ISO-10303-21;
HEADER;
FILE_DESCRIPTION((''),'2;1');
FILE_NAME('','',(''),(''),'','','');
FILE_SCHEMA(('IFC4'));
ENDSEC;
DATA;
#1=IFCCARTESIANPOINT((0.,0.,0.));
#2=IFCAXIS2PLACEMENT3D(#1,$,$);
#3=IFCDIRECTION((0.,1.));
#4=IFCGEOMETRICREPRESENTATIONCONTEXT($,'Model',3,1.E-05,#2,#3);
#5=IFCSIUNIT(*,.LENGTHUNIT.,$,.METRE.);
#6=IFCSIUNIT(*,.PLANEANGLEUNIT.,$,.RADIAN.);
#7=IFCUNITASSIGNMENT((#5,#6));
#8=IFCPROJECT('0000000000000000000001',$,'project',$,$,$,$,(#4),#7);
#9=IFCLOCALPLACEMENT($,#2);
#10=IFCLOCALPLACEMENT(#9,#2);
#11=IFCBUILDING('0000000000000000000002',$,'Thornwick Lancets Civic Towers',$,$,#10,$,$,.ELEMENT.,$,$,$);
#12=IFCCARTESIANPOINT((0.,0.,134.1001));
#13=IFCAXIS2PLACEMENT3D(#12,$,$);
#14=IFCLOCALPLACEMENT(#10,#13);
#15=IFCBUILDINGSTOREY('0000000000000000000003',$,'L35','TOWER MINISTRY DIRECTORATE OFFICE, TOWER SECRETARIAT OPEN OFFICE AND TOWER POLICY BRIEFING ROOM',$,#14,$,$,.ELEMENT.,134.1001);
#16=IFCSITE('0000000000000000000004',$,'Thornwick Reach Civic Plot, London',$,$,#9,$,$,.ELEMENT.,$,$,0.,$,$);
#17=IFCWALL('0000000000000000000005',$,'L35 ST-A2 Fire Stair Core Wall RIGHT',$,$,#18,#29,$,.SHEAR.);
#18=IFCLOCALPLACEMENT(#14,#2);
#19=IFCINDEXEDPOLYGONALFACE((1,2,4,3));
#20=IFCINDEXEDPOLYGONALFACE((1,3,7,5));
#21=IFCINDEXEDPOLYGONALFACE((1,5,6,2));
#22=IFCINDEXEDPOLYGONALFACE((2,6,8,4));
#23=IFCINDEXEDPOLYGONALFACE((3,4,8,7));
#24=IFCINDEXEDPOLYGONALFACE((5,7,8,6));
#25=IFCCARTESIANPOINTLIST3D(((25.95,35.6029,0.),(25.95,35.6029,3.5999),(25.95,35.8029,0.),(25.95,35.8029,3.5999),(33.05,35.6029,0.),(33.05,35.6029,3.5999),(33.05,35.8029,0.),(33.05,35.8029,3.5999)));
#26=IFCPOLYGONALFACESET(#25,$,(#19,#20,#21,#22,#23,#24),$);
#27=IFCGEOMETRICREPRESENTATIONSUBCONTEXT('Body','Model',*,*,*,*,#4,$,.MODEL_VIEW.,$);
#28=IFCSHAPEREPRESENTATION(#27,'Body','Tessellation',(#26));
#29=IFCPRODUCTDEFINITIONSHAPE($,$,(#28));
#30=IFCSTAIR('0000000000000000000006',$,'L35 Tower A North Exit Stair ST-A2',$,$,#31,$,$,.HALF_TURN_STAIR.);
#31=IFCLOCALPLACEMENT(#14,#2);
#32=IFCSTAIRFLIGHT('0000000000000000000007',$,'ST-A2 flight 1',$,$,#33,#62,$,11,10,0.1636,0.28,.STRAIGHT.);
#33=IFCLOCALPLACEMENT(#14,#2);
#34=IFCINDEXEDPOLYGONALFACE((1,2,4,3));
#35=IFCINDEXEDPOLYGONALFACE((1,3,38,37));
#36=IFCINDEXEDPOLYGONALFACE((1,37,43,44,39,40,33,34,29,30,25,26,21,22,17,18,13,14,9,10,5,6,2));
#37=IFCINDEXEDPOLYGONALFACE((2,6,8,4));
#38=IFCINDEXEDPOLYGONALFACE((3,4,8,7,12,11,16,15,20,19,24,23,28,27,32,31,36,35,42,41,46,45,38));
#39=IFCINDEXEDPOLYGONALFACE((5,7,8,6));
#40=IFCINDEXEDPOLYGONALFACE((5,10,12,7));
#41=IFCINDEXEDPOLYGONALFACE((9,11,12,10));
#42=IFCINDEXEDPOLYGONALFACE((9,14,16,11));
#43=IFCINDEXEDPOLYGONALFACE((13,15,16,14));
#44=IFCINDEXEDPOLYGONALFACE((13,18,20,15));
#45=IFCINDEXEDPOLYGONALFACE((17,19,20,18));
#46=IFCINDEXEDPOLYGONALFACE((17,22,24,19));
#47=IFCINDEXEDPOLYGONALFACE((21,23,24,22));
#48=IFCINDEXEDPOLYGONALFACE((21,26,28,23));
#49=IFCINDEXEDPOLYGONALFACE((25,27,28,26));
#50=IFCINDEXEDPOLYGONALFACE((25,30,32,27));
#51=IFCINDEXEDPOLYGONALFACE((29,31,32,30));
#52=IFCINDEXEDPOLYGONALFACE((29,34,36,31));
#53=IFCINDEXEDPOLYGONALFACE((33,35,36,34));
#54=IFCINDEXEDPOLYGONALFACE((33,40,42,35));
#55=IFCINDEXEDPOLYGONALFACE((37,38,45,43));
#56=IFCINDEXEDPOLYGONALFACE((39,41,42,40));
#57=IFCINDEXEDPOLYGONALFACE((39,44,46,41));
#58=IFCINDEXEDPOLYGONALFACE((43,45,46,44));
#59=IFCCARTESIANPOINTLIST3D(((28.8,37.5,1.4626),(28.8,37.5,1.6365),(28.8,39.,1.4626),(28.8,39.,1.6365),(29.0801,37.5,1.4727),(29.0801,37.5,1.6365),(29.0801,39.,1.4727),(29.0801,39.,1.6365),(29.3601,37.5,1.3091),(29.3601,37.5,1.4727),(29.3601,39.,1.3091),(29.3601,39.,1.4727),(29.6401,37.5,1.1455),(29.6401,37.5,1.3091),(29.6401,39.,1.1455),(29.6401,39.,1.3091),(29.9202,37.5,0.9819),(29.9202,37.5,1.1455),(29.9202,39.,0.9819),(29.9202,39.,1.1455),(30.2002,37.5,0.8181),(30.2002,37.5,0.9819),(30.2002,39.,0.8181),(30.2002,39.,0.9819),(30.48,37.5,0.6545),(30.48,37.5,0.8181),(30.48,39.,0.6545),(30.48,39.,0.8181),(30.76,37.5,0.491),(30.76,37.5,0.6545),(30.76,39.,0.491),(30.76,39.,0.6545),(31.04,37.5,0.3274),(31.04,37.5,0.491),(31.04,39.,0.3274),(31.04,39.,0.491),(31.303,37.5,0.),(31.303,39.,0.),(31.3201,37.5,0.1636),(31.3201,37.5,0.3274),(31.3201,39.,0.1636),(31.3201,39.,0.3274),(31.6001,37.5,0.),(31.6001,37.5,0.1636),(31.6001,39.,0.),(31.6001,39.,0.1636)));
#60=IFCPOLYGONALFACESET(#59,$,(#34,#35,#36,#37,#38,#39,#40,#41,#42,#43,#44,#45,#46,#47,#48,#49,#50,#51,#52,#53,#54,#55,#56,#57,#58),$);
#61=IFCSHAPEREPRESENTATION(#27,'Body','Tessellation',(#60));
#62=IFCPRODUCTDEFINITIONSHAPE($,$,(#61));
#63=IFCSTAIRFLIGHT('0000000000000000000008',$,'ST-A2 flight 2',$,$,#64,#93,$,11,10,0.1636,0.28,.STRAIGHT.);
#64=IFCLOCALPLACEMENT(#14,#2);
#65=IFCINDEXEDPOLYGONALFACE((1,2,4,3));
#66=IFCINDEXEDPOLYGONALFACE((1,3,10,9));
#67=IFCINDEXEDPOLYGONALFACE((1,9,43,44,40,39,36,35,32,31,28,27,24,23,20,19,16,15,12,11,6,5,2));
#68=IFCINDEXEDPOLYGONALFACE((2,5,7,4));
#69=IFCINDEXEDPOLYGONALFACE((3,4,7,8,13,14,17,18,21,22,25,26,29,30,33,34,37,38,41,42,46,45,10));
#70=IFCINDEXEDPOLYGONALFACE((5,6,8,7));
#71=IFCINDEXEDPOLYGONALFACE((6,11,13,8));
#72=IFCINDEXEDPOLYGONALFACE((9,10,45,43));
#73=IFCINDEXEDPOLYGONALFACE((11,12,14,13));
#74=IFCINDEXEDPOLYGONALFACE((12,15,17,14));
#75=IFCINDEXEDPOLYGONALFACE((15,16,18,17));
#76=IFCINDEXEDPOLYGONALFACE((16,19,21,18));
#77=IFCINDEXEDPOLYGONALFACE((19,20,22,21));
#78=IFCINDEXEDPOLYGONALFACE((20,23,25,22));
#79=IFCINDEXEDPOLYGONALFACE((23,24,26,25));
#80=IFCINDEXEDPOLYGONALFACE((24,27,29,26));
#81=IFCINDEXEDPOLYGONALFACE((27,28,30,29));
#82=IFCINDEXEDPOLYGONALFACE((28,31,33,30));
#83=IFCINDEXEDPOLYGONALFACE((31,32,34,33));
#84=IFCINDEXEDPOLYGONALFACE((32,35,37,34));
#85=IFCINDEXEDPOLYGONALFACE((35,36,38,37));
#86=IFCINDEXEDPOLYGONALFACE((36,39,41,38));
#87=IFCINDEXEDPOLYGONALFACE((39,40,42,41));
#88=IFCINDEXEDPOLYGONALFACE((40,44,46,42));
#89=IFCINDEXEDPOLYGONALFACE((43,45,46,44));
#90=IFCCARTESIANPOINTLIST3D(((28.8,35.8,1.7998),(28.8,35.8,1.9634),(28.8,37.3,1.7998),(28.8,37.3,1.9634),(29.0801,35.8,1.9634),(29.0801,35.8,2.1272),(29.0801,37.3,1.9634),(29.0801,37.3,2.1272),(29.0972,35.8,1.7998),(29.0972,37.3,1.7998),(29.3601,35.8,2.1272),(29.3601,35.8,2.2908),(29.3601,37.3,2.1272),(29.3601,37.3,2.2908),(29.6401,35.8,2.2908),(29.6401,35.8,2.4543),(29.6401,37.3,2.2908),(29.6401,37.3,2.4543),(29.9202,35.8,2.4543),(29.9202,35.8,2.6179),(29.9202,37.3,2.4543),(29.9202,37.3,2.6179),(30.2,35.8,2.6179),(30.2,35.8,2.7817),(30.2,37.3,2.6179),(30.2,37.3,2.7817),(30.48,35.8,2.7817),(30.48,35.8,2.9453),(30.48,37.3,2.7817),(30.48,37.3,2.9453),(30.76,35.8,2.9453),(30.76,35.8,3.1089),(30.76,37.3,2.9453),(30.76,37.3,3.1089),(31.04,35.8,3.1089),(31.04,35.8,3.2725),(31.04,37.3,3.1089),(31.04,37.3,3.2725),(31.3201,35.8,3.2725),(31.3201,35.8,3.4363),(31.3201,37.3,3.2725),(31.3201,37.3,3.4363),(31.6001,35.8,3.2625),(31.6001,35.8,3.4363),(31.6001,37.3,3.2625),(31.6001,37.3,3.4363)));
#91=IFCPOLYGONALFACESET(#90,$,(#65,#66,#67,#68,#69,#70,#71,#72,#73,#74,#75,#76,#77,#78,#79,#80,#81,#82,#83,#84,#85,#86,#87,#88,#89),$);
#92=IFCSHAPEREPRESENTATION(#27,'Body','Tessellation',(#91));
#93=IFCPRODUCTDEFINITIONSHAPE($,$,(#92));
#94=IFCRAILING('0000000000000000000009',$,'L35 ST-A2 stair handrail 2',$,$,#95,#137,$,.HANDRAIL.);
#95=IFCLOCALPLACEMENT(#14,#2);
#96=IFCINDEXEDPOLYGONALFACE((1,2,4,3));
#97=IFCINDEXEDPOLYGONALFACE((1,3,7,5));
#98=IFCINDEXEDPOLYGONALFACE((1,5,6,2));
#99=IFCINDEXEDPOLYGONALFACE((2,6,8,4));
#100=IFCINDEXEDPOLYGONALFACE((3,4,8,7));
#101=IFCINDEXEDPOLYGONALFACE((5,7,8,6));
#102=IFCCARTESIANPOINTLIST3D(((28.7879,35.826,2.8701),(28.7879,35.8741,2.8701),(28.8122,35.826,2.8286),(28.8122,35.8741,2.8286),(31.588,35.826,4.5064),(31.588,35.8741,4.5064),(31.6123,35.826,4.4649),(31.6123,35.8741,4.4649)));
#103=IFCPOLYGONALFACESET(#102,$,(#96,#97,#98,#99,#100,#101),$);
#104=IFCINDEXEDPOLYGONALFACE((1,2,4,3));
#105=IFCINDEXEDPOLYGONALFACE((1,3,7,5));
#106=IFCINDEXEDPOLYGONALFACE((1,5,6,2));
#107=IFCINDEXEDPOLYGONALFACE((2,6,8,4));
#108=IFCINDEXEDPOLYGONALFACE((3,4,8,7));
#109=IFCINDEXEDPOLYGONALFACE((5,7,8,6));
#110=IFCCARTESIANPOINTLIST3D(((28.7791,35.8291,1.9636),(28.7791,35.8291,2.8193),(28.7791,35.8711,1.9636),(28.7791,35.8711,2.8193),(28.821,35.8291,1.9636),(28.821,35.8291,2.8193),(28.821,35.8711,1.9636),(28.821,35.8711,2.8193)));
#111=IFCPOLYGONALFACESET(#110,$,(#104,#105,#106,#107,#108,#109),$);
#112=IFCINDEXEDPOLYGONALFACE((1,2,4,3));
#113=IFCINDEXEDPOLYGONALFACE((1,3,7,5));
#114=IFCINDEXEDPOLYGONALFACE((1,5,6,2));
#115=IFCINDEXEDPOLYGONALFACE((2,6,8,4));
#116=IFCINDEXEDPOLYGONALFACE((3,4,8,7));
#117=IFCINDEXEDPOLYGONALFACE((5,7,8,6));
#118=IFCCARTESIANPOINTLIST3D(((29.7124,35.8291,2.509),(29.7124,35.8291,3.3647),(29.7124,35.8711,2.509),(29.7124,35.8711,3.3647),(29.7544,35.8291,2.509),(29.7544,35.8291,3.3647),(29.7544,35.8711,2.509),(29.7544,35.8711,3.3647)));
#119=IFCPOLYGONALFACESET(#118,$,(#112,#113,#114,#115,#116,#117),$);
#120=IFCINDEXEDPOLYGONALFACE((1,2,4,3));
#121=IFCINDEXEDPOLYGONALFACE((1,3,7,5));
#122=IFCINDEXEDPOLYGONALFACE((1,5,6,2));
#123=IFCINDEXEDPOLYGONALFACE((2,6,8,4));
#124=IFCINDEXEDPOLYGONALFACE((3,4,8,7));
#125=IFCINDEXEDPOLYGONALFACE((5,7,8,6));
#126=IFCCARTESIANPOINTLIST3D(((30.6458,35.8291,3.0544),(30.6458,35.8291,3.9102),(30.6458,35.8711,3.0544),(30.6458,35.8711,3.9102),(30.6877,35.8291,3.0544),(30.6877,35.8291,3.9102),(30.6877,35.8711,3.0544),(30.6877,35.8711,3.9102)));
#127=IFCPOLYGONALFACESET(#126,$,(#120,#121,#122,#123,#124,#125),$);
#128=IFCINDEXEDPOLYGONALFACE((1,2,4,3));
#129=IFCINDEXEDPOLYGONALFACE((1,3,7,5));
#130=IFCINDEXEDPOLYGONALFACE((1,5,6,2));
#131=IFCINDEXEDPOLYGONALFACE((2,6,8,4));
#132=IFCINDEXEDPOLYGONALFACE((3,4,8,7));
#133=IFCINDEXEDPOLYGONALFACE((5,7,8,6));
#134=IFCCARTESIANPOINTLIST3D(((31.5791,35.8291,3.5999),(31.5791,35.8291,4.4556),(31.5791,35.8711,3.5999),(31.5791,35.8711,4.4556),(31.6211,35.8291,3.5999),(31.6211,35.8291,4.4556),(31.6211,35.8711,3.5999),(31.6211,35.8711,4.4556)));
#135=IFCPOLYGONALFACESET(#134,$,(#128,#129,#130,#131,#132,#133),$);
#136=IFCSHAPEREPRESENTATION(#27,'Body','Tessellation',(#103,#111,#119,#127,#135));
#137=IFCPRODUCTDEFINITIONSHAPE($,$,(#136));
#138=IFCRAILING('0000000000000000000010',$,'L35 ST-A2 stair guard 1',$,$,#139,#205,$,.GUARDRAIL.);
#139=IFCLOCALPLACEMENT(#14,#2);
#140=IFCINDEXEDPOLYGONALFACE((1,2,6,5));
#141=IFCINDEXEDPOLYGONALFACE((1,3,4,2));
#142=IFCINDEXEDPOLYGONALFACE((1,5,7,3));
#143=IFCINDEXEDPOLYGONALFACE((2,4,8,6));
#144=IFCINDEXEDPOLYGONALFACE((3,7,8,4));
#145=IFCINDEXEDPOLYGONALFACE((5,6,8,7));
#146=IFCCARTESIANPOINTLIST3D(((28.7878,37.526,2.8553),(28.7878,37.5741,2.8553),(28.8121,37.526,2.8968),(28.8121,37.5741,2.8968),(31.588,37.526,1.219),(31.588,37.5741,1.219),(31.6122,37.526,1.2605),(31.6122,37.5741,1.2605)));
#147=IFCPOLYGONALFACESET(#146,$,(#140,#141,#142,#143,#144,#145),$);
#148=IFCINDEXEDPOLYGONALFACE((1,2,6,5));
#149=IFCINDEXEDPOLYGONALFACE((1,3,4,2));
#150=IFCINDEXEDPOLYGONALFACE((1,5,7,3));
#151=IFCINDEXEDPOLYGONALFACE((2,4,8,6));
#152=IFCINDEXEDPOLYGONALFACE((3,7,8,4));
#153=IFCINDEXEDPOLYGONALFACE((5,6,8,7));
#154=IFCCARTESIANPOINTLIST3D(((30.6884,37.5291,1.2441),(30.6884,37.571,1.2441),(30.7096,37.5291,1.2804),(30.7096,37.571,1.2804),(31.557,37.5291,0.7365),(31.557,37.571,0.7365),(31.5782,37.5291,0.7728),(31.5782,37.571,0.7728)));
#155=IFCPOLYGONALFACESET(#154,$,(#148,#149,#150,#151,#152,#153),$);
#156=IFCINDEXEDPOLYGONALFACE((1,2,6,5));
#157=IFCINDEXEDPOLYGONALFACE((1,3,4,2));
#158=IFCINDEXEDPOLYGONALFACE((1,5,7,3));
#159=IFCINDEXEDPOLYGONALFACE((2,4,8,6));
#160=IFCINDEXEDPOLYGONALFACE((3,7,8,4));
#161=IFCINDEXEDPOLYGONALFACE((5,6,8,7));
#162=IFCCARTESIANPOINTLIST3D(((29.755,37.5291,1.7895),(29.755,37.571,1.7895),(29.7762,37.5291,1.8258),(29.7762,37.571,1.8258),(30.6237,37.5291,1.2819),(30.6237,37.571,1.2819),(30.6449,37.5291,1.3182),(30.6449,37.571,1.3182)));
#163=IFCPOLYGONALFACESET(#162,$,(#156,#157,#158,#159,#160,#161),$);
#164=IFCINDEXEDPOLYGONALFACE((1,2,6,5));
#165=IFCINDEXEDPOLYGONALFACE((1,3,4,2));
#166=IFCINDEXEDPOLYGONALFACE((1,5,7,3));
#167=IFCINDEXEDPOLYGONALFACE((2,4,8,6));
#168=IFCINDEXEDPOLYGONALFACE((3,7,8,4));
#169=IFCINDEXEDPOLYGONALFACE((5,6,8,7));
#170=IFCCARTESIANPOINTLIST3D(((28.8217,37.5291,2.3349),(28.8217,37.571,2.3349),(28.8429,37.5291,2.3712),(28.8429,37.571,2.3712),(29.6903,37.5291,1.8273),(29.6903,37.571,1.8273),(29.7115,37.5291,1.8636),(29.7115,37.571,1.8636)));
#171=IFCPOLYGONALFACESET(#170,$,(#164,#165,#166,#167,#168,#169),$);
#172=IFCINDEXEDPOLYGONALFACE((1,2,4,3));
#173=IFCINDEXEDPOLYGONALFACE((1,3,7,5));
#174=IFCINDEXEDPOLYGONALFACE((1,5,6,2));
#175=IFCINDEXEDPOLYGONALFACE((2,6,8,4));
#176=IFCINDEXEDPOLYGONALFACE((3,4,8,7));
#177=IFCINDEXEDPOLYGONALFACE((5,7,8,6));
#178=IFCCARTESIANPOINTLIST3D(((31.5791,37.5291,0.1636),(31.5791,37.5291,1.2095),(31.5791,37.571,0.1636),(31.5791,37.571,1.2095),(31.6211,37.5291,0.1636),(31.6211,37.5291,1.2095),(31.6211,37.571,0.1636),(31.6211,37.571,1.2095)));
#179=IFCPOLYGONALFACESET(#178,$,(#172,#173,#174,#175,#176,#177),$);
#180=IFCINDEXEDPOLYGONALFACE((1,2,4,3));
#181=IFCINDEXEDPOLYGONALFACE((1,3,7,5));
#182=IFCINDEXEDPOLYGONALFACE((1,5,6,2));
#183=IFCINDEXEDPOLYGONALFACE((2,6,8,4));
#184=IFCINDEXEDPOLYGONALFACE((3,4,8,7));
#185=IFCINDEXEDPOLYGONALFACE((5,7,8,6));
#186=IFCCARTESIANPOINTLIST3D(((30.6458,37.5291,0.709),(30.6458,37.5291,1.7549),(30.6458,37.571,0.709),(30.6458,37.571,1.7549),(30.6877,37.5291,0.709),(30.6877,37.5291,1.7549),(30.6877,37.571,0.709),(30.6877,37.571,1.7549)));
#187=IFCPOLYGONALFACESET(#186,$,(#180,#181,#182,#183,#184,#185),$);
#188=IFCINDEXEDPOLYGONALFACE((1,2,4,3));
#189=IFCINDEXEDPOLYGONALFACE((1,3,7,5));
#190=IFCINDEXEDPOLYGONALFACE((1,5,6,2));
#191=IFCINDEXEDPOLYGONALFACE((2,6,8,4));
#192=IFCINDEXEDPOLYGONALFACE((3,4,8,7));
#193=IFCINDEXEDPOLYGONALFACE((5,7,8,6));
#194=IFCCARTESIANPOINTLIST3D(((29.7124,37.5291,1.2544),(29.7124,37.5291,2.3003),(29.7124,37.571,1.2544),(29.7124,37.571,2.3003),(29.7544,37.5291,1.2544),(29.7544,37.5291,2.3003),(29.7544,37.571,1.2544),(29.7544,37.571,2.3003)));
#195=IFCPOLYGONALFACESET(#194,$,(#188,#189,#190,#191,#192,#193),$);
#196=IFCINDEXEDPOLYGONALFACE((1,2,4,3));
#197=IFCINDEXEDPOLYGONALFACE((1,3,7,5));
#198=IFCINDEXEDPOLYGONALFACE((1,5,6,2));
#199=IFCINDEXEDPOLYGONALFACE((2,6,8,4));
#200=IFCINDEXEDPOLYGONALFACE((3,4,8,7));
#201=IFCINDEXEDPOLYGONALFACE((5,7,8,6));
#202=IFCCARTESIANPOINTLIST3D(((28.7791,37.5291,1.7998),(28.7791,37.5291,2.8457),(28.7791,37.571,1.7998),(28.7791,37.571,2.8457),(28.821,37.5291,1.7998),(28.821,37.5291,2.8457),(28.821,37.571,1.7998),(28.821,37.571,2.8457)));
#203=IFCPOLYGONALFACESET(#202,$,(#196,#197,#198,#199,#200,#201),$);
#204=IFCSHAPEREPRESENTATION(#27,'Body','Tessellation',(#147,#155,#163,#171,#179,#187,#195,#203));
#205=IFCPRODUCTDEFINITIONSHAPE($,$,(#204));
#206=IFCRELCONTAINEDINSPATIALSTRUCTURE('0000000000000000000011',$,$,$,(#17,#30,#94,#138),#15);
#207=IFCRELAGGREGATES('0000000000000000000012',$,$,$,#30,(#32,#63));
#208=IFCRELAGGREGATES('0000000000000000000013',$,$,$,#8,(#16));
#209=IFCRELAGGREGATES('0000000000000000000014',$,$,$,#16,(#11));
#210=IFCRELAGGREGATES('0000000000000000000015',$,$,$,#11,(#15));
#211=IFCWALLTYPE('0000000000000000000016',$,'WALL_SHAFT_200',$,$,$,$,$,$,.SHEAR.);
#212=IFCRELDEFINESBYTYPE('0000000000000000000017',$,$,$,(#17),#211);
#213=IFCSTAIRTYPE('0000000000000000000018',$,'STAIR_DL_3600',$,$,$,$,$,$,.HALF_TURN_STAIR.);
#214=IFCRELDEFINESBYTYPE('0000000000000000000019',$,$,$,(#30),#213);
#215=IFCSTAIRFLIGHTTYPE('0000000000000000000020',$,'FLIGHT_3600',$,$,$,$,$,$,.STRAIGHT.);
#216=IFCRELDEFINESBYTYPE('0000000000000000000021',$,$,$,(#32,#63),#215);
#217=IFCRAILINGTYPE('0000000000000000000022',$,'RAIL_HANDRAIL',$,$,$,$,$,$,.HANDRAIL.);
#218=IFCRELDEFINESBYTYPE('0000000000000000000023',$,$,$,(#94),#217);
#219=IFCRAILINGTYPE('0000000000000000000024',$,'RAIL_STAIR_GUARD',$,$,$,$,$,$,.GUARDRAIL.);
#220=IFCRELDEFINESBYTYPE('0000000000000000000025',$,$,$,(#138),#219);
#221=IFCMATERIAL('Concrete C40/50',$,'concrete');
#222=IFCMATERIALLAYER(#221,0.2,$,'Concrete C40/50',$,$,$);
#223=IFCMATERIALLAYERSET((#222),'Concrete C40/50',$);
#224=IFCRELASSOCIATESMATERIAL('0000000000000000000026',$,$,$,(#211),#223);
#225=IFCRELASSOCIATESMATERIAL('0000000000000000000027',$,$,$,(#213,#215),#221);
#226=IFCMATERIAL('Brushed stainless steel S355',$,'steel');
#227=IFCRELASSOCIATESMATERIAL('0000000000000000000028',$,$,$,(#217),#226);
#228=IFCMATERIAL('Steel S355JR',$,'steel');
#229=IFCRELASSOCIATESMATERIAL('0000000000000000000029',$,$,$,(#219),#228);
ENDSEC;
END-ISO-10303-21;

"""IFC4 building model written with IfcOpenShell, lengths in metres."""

from ifc_helpers import new_model, si_unit, direction, frame, frame_2d, origin, origin_2d, place, context, subcontext, project, spatial, polyline, rectangle, outline, extrude, material, layer, layer_set, type_object, element, aggregate, save


model = new_model("IFC4")

# Units and contexts
model_context = context("Model", 3, precision=1e-05, world=origin(), true_north=direction((0.0, 1.0)))
body_context = subcontext(model_context, "Body", "Model", "MODEL_VIEW")
ifc_project = project(units=[si_unit("LENGTHUNIT", "METRE"), si_unit("PLANEANGLEUNIT", "RADIAN")], contexts=[model_context])

# Site, building, storey
site_placement = place(None, origin())
site = spatial("IfcSite", under=ifc_project, at=site_placement, Name="Thornwick Reach Civic Plot, London", CompositionType="ELEMENT", RefElevation=0.0)
building_placement = place(site_placement, origin())
building = spatial("IfcBuilding", under=site, at=building_placement, Name="Thornwick Lancets Civic Towers", CompositionType="ELEMENT")
storey_placement = place(building_placement, frame((0.0, 0.0, 134.1001)))
storey = spatial("IfcBuildingStorey", under=building, at=storey_placement, Name="L35", Description="TOWER MINISTRY DIRECTORATE OFFICE, TOWER SECRETARIAT OPEN OFFICE AND TOWER POLICY BRIEFING ROOM", CompositionType="ELEMENT", Elevation=134.1001)

# Shared definitions
ifc_material_1 = material(Name="Steel S355JR", Category="steel")
ifc_material_2 = material(Name="Concrete C40/50", Category="concrete")

# Wall
ifc_layer_1 = layer(ifc_material_2, 0.2, Name="Concrete C40/50")
ifc_layer_set_1 = layer_set([ifc_layer_1], Name="Concrete C40/50")
wall_type_1 = type_object("IfcWallType", Name="WALL_SHAFT_200", PredefinedType="SHEAR", material=ifc_layer_set_1)
wall_1_placement = place(storey_placement, frame((25.95, 35.7029, 0.0), z_axis=(0.0, 0.0, 1.0), x_axis=(1.0, 0.0, 0.0)))
element("IfcWall", 1, at=wall_1_placement, inside=storey, type_object=wall_type_1, Name="L35 ST-A2 Fire Stair Core Wall RIGHT", PredefinedType="SHEAR", context=body_context, shape_type="SweptSolid", body=[
    extrude(rectangle(XDim=7.1001, YDim=0.2, at=frame_2d((3.55, 0.0))), origin(), (0.0, 0.0, 1.0), 3.5999),
])

# Stair, stair flights
stair_type = type_object("IfcStairType", Name="STAIR_DL_3600", PredefinedType="HALF_TURN_STAIR", material=ifc_material_2)
stair_placement = place(storey_placement, origin())
stair = element("IfcStair", 2, at=stair_placement, inside=storey, type_object=stair_type, Name="L35 Tower A North Exit Stair ST-A2", PredefinedType="HALF_TURN_STAIR")
stair_flight_type = type_object("IfcStairFlightType", Name="FLIGHT_3600", PredefinedType="STRAIGHT", material=ifc_material_2)
stair_flight_1_placement = place(storey_placement, frame((31.6001, 38.25, 0.0), z_axis=(0.0, 0.0, 1.0), x_axis=(-1.0, 0.0, 0.0)))
stair_flight_1 = element("IfcStairFlight", 3, at=stair_flight_1_placement, type_object=stair_flight_type, Name="ST-A2 flight 1", NumberOfRisers=11, NumberOfTreads=10, PredefinedType="STRAIGHT", RiserHeight=0.1636, TreadLength=0.28, context=body_context, shape_type="SweptSolid", body=[
    extrude(outline(polyline([(0.0, 0.0), (0.0, 0.1636), (0.28, 0.1636), (0.28, 0.3274), (0.5601, 0.3274), (0.5601, 0.491), (0.8401, 0.491), (0.8401, 0.6545), (1.1201, 0.6545), (1.1201, 0.8181), (1.3999, 0.8181), (1.3999, 0.9819), (1.6799, 0.9819), (1.6799, 1.1455), (1.96, 1.1455), (1.96, 1.3091), (2.24, 1.3091), (2.24, 1.4727), (2.52, 1.4727), (2.52, 1.6365), (2.8, 1.6365), (2.8, 1.8), (2.8, 1.4626), (0.2971, 0.0), (0.0, 0.0)])), frame((0.0, 0.75, 0.0), z_axis=(0.0, -1.0, 0.0), x_axis=(1.0, 0.0, 0.0)), (0.0, 0.0, 1.0), 1.5),
])
stair_flight_2_placement = place(storey_placement, frame((28.8, 36.55, 1.7998), z_axis=(0.0, 0.0, 1.0), x_axis=(1.0, 0.0, 0.0)))
stair_flight_2 = element("IfcStairFlight", 4, at=stair_flight_2_placement, type_object=stair_flight_type, Name="ST-A2 flight 2", NumberOfRisers=11, NumberOfTreads=10, PredefinedType="STRAIGHT", RiserHeight=0.1636, TreadLength=0.28, context=body_context, shape_type="SweptSolid", body=[
    extrude(outline(polyline([(0.0, 0.0), (0.0, 0.1636), (0.28, 0.1636), (0.28, 0.3274), (0.5601, 0.3274), (0.5601, 0.491), (0.8401, 0.491), (0.8401, 0.6545), (1.1201, 0.6545), (1.1201, 0.8181), (1.3999, 0.8181), (1.3999, 0.9819), (1.6799, 0.9819), (1.6799, 1.1455), (1.96, 1.1455), (1.96, 1.3091), (2.24, 1.3091), (2.24, 1.4727), (2.52, 1.4727), (2.52, 1.6365), (2.8, 1.6365), (2.8, 1.8), (2.8, 1.4626), (0.2971, 0.0), (0.0, 0.0)])), frame((0.0, 0.75, 0.0), z_axis=(0.0, -1.0, 0.0), x_axis=(1.0, 0.0, 0.0)), (0.0, 0.0, 1.0), 1.5),
])
aggregate(stair, [stair_flight_1, stair_flight_2])

# Railings
ifc_material_3 = material(Name="Brushed stainless steel S355", Category="steel")
railing_type_1 = type_object("IfcRailingType", Name="RAIL_HANDRAIL", PredefinedType="HANDRAIL", material=ifc_material_3)
railing_1_placement = place(storey_placement, frame((28.8, 35.8501, 1.9636)))
element("IfcRailing", 5, at=railing_1_placement, inside=storey, type_object=railing_type_1, Name="L35 ST-A2 stair handrail 2", PredefinedType="HANDRAIL", context=body_context, shape_type="SweptSolid", body=[
    extrude(rectangle(XDim=0.0481, YDim=0.0481, at=origin_2d()), frame((0.0, 0.0, 0.8857), z_axis=(0.863394, 0.0, 0.504531), x_axis=(0.0, 1.0, 0.0)), (0.0, 0.0, 1.0), 3.2432),
    extrude(rectangle(XDim=0.042, YDim=0.042, at=origin_2d()), origin(), (0.0, 0.0, 1.0), 0.8557),
    extrude(rectangle(XDim=0.042, YDim=0.042, at=origin_2d()), frame((0.9333, 0.0, 0.5454)), (0.0, 0.0, 1.0), 0.8557),
    extrude(rectangle(XDim=0.042, YDim=0.042, at=origin_2d()), frame((1.8667, 0.0, 1.0908)), (0.0, 0.0, 1.0), 0.8557),
    extrude(rectangle(XDim=0.042, YDim=0.042, at=origin_2d()), frame((2.8, 0.0, 1.6362)), (0.0, 0.0, 1.0), 0.8557),
])
railing_type_2 = type_object("IfcRailingType", Name="RAIL_STAIR_GUARD", PredefinedType="GUARDRAIL", material=ifc_material_1)
railing_2_placement = place(storey_placement, frame((31.6001, 37.55, 0.1636)))
element("IfcRailing", 6, at=railing_2_placement, inside=storey, type_object=railing_type_2, Name="L35 ST-A2 stair guard 1", PredefinedType="GUARDRAIL", context=body_context, shape_type="SweptSolid", body=[
    extrude(rectangle(XDim=0.0481, YDim=0.0481, at=origin_2d()), frame((0.0, 0.0, 1.0762), z_axis=(-0.863394, 0.0, 0.504531), x_axis=(0.0, -1.0, 0.0)), (0.0, 0.0, 1.0), 3.2432),
    extrude(rectangle(XDim=0.042, YDim=0.042, at=origin_2d()), frame((-0.0325, 0.0, 0.5911), z_axis=(-0.863394, 0.0, 0.504531), x_axis=(0.0, -1.0, 0.0)), (0.0, 0.0, 1.0), 1.0061),
    extrude(rectangle(XDim=0.042, YDim=0.042, at=origin_2d()), frame((-0.9658, 0.0, 1.1365), z_axis=(-0.863394, 0.0, 0.504531), x_axis=(0.0, -1.0, 0.0)), (0.0, 0.0, 1.0), 1.0061),
    extrude(rectangle(XDim=0.042, YDim=0.042, at=origin_2d()), frame((-1.8992, 0.0, 1.6819), z_axis=(-0.863394, 0.0, 0.504531), x_axis=(0.0, -1.0, 0.0)), (0.0, 0.0, 1.0), 1.0061),
    extrude(rectangle(XDim=0.042, YDim=0.042, at=origin_2d()), origin(), (0.0, 0.0, 1.0), 1.0459),
    extrude(rectangle(XDim=0.042, YDim=0.042, at=origin_2d()), frame((-0.9333, 0.0, 0.5454)), (0.0, 0.0, 1.0), 1.0459),
    extrude(rectangle(XDim=0.042, YDim=0.042, at=origin_2d()), frame((-1.8667, 0.0, 1.0908)), (0.0, 0.0, 1.0), 1.0459),
    extrude(rectangle(XDim=0.042, YDim=0.042, at=origin_2d()), frame((-2.8, 0.0, 1.6362)), (0.0, 0.0, 1.0), 1.0459),
])

save(model, "model.ifc")
